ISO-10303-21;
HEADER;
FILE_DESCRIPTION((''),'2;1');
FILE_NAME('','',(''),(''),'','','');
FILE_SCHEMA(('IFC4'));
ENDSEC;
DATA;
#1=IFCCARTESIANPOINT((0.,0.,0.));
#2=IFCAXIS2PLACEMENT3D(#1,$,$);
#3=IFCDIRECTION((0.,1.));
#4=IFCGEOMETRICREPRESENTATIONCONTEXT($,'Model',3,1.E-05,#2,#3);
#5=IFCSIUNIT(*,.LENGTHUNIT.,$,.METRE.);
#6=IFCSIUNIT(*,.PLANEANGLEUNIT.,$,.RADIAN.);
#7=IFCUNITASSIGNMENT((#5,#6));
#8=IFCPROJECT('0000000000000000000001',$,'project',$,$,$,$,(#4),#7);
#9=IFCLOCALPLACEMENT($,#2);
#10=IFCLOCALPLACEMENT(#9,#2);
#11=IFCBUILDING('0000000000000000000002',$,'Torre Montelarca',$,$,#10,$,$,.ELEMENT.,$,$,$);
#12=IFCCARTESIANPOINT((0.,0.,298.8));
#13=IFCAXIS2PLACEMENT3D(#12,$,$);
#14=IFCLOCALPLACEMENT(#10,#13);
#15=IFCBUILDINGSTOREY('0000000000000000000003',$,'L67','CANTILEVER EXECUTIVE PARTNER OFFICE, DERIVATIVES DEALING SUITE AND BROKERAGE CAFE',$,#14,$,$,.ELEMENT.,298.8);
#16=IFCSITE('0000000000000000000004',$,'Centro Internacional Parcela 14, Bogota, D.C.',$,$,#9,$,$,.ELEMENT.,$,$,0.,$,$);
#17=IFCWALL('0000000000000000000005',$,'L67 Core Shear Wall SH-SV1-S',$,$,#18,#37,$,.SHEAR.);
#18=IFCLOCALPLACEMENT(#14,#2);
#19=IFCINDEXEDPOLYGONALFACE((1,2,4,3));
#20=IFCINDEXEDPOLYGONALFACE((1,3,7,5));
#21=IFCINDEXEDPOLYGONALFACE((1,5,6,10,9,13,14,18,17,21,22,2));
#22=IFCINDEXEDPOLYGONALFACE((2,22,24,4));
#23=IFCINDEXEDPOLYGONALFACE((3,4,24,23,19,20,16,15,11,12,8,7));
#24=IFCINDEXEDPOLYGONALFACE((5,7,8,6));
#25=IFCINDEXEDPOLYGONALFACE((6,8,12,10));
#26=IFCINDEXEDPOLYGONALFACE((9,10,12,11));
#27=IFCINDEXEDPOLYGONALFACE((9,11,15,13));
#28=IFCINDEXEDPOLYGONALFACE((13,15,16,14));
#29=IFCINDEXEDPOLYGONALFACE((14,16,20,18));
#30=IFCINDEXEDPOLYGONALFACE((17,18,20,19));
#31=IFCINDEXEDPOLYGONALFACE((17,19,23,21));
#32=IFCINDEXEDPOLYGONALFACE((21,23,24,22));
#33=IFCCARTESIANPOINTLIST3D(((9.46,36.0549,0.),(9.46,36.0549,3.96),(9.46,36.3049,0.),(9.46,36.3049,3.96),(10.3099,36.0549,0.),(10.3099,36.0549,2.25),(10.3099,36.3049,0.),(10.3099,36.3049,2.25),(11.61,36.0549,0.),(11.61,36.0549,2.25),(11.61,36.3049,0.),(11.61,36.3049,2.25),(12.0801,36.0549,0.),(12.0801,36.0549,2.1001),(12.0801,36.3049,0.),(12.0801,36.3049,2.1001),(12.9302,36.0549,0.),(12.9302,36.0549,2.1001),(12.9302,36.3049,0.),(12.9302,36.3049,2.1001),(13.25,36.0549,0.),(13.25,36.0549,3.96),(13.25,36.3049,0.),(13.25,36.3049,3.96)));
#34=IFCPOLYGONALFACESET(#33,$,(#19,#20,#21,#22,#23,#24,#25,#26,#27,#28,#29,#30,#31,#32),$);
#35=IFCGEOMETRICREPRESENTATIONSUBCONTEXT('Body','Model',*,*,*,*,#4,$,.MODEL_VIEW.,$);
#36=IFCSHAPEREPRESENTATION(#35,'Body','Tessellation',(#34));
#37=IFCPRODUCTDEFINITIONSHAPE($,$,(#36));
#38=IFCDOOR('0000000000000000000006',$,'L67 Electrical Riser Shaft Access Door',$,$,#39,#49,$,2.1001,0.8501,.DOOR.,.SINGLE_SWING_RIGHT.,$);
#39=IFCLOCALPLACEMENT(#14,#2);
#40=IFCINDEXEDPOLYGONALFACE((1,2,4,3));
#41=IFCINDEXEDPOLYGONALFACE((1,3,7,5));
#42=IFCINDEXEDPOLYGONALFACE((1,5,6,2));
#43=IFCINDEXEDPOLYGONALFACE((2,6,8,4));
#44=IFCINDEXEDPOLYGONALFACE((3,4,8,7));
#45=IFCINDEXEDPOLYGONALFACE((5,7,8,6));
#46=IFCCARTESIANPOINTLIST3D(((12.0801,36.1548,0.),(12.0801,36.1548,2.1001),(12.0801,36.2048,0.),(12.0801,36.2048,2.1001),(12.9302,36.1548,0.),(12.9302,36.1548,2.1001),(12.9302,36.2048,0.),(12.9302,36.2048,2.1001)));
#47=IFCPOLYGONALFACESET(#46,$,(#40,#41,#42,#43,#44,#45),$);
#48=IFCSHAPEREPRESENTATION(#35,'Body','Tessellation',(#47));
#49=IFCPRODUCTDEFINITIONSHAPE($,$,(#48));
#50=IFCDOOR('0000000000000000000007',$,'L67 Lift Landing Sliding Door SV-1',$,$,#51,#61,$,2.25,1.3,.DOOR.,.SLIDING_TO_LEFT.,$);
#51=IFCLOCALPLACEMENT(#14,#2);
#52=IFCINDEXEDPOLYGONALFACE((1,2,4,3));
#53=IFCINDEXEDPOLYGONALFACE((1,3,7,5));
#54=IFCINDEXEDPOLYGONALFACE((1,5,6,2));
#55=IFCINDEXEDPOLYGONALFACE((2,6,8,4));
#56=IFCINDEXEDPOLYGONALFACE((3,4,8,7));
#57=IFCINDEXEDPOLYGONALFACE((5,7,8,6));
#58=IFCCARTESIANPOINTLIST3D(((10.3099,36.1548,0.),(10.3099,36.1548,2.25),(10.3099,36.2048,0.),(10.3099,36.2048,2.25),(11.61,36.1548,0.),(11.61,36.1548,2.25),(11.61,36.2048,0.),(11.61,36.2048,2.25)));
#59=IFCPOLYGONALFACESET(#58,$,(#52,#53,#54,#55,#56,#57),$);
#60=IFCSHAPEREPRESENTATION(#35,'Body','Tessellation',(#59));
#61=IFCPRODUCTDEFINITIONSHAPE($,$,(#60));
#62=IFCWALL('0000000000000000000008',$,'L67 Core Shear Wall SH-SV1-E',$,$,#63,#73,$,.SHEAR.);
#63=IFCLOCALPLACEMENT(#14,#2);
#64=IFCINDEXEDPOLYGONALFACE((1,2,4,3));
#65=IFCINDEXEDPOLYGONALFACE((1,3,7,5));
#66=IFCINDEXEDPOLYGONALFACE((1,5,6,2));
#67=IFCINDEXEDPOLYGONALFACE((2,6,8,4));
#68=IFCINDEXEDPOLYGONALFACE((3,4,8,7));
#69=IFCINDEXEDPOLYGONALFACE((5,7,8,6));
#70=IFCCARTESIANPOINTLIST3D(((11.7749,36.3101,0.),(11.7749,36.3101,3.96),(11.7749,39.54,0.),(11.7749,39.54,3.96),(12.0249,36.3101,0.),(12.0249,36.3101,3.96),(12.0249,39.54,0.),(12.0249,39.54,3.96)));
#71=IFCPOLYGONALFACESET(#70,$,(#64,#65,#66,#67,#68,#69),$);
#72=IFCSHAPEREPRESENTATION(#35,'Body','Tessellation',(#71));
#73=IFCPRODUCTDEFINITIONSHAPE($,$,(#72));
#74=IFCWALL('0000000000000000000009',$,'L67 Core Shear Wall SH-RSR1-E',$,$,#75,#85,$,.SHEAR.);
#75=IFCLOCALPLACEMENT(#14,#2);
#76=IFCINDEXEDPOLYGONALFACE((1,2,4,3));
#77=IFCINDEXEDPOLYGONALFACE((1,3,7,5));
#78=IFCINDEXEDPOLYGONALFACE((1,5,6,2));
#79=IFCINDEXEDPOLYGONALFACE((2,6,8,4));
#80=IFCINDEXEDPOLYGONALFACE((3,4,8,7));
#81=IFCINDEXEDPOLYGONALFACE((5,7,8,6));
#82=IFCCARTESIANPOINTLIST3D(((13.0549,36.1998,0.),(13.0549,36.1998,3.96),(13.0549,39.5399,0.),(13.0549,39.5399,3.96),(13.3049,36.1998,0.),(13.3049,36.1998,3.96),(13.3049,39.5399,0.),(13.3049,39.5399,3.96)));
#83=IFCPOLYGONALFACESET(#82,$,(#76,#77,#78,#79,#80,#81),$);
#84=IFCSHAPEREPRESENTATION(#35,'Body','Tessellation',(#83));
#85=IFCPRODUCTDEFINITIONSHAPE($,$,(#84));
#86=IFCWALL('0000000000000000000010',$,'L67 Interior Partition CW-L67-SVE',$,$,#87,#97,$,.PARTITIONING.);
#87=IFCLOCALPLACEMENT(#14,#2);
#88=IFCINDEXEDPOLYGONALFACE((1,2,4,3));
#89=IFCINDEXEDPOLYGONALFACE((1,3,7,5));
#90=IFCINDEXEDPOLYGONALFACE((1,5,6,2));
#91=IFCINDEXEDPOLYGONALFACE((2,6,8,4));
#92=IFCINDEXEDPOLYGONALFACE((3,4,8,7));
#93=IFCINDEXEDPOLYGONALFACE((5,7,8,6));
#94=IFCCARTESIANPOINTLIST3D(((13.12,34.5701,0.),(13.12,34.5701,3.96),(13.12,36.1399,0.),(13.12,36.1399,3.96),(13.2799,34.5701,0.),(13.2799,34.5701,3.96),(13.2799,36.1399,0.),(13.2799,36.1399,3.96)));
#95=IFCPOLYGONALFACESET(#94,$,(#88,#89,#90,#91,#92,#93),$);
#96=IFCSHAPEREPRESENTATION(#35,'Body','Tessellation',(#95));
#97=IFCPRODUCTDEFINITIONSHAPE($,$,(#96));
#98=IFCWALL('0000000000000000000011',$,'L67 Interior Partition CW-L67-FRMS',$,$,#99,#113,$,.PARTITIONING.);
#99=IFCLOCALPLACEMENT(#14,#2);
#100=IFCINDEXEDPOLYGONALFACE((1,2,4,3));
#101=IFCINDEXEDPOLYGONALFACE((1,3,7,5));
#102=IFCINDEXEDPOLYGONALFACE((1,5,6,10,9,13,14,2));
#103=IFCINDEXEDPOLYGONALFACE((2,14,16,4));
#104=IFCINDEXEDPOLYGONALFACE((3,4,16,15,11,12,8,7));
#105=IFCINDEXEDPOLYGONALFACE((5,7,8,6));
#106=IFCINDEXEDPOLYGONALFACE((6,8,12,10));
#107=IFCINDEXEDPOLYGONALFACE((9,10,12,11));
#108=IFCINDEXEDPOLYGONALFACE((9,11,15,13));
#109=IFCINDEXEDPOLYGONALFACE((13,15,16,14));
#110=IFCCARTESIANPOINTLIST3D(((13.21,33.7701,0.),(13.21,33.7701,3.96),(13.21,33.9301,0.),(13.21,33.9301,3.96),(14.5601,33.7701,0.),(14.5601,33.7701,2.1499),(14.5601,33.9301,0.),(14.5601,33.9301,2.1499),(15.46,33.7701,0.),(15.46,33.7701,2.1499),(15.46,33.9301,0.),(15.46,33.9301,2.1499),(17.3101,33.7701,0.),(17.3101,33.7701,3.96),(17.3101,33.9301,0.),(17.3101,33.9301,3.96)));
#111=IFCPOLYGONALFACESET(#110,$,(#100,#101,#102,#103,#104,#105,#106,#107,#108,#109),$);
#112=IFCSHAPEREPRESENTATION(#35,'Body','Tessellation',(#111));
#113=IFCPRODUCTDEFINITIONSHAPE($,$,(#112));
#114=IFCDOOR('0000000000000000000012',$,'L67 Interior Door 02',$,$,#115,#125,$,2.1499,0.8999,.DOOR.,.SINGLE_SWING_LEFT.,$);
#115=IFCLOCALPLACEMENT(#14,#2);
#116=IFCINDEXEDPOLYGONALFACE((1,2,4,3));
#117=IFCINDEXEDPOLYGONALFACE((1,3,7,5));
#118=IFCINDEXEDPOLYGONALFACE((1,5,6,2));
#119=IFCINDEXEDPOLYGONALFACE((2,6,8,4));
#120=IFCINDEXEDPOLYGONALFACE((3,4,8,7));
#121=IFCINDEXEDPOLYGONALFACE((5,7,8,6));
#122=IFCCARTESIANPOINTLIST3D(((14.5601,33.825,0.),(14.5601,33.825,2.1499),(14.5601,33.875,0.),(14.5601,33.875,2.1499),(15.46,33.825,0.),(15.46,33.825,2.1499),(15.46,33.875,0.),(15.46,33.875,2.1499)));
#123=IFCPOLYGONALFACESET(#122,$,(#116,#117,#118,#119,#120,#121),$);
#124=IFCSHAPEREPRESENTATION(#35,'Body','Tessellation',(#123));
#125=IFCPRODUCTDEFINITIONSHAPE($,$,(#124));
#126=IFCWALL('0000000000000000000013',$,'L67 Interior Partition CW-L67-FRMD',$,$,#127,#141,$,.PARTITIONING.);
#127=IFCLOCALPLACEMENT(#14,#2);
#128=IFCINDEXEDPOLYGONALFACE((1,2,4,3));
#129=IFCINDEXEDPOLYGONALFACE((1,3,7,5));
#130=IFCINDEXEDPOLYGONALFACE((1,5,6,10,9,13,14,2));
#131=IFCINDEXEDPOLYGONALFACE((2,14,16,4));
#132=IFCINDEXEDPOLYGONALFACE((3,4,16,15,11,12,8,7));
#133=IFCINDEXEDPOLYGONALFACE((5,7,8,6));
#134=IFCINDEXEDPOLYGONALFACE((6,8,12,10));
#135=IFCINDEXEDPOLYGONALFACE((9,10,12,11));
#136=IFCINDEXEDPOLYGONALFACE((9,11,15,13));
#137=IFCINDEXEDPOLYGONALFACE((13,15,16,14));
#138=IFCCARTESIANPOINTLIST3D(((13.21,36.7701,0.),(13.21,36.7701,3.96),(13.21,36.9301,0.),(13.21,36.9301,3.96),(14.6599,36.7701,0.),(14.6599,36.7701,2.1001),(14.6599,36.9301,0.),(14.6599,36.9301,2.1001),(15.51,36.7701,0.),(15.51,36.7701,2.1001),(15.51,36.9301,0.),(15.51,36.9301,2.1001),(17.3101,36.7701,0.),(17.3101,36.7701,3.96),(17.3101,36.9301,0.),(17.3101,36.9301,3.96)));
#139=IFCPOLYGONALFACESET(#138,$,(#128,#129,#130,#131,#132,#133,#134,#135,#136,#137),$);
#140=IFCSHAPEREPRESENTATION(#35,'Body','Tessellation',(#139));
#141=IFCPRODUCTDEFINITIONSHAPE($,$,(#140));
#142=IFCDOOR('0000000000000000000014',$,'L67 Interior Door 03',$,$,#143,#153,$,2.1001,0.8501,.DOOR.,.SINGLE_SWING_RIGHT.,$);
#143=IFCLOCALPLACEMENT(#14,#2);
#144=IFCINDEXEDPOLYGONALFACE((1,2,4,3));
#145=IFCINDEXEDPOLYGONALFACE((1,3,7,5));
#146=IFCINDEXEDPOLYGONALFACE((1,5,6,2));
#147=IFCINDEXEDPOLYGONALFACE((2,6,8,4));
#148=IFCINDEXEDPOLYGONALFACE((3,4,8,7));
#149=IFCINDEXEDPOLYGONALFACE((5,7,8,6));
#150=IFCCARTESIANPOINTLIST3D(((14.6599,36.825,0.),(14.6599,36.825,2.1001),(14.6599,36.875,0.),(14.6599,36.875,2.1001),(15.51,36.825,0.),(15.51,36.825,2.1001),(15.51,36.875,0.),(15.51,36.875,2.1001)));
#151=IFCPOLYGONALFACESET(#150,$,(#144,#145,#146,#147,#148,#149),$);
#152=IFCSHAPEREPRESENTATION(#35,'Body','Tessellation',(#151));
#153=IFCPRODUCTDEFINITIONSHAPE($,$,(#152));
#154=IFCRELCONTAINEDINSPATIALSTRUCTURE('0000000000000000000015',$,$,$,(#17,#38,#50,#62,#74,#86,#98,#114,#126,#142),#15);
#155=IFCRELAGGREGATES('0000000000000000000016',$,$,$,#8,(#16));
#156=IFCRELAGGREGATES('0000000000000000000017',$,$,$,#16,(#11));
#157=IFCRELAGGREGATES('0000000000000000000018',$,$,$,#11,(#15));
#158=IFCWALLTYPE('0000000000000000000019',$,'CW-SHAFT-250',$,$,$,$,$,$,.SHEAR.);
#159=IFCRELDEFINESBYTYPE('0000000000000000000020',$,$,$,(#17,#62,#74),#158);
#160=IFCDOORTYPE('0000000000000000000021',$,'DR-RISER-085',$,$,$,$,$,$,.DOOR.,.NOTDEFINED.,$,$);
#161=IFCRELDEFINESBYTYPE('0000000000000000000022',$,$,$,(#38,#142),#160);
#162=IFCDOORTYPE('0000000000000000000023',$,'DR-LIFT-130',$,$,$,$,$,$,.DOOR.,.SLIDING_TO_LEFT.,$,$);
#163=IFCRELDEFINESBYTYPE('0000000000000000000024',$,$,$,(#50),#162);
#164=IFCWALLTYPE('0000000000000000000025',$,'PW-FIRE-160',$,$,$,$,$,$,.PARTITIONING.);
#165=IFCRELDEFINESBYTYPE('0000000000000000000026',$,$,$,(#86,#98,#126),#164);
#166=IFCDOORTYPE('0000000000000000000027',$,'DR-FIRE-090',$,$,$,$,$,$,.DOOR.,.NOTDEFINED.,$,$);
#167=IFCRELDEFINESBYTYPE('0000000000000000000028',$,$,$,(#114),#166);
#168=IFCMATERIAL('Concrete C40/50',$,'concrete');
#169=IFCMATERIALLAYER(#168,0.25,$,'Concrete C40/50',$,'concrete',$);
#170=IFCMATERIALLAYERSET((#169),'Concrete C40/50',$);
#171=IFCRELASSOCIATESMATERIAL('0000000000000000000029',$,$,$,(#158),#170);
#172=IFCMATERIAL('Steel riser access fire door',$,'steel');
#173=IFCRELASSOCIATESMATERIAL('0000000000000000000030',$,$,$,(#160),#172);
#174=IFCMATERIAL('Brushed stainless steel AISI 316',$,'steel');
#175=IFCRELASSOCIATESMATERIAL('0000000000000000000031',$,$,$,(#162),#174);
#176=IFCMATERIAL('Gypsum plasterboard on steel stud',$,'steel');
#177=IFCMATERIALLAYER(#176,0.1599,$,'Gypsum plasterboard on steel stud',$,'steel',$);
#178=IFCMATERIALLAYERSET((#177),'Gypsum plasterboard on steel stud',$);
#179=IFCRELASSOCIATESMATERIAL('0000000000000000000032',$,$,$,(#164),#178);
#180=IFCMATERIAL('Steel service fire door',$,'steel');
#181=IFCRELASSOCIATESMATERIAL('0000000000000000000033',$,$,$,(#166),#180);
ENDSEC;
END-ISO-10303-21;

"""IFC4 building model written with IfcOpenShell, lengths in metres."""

from ifc_helpers import new_model, si_unit, direction, frame, frame_2d, origin, place, context, subcontext, project, spatial, rectangle, extrude, source, transform, mapped, material, layer, layer_set, type_object, element, fill, save


model = new_model("IFC4")

# Units and contexts
model_context = context("Model", 3, precision=1e-05, world=origin(), true_north=direction((0.0, 1.0)))
body_context = subcontext(model_context, "Body", "Model", "MODEL_VIEW")
ifc_project = project(units=[si_unit("LENGTHUNIT", "METRE"), si_unit("PLANEANGLEUNIT", "RADIAN")], contexts=[model_context])

# Site, building, storey
site_placement = place(None, origin())
site = spatial("IfcSite", under=ifc_project, at=site_placement, Name="Centro Internacional Parcela 14, Bogota, D.C.", CompositionType="ELEMENT", RefElevation=0.0)
building_placement = place(site_placement, origin())
building = spatial("IfcBuilding", under=site, at=building_placement, Name="Torre Montelarca", CompositionType="ELEMENT")
storey_placement = place(building_placement, frame((0.0, 0.0, 298.8)))
storey = spatial("IfcBuildingStorey", under=building, at=storey_placement, Name="L67", Description="CANTILEVER EXECUTIVE PARTNER OFFICE, DERIVATIVES DEALING SUITE AND BROKERAGE CAFE", CompositionType="ELEMENT", Elevation=298.8)

# Shared definitions
ifc_material_1 = material(Name="Concrete C40/50", Category="concrete")

# Shared definitions
ifc_layer_1 = layer(ifc_material_1, 0.25, Name="Concrete C40/50", Category="concrete")
ifc_layer_set_1 = layer_set([ifc_layer_1], Name="Concrete C40/50")
wall_type_1 = type_object("IfcWallType", Name="CW-SHAFT-250", PredefinedType="SHEAR", material=ifc_layer_set_1)

# Wall, openings, doors
wall_1_placement = place(storey_placement, frame((9.46, 36.1799, 0.0), z_axis=(0.0, 0.0, 1.0), x_axis=(1.0, 0.0, 0.0)))
wall_1 = element("IfcWall", 1, at=wall_1_placement, inside=storey, type_object=wall_type_1, Name="L67 Core Shear Wall SH-SV1-S", PredefinedType="SHEAR", context=body_context, shape_type="SweptSolid", body=[
    extrude(rectangle(XDim=3.79, YDim=0.25, at=frame_2d((1.895, 0.0))), origin(), (0.0, 0.0, 1.0), 3.96),
])
opening_1_placement = place(wall_1_placement, frame((2.6201, 0.0, 0.0)))
opening_1 = element("IfcOpeningElement", 2, at=opening_1_placement, cuts=wall_1, PredefinedType="OPENING", context=body_context, shape_type="SweptSolid", body=[
    extrude(rectangle(XDim=0.8501, YDim=2.1001, at=frame_2d((0.425, 1.05))), frame((0.0, 0.135, 0.0), z_axis=(0.0, -1.0, 0.0), x_axis=(1.0, 0.0, 0.0)), (0.0, 0.0, 1.0), 0.27),
])
opening_2_placement = place(wall_1_placement, frame((0.8501, 0.0, 0.0)))
opening_2 = element("IfcOpeningElement", 3, at=opening_2_placement, cuts=wall_1, PredefinedType="OPENING", context=body_context, shape_type="SweptSolid", body=[
    extrude(rectangle(XDim=1.3, YDim=2.25, at=frame_2d((0.6499, 1.125))), frame((0.0, 0.135, 0.0), z_axis=(0.0, -1.0, 0.0), x_axis=(1.0, 0.0, 0.0)), (0.0, 0.0, 1.0), 0.27),
])
ifc_material_2 = material(Name="Steel riser access fire door", Category="steel")
door_type_1 = type_object("IfcDoorType", Name="DR-RISER-085", OperationType="NOTDEFINED", PredefinedType="DOOR", material=ifc_material_2)
shared_shape_1 = source(origin(), body_context, "Body", "SweptSolid", [
    extrude(rectangle(XDim=0.8501, YDim=2.1001, at=frame_2d((0.425, 1.05))), frame((0.0, 0.0249, 0.0), z_axis=(0.0, -1.0, 0.0), x_axis=(1.0, 0.0, 0.0)), (0.0, 0.0, 1.0), 0.05),
])
door_1_placement = place(opening_1_placement, origin())
door_1 = element("IfcDoor", 4, at=door_1_placement, inside=storey, type_object=door_type_1, Name="L67 Electrical Riser Shaft Access Door", OperationType="SINGLE_SWING_RIGHT", OverallHeight=2.1001, OverallWidth=0.8501, PredefinedType="DOOR", context=body_context, shape_type="MappedRepresentation", body=[
    mapped(shared_shape_1, transform((0.0, 0.0, 0.0), scale=1.0)),
])
fill(opening_1, door_1)
ifc_material_3 = material(Name="Brushed stainless steel AISI 316", Category="steel")
door_type_2 = type_object("IfcDoorType", Name="DR-LIFT-130", OperationType="SLIDING_TO_LEFT", PredefinedType="DOOR", material=ifc_material_3)
shared_shape_2 = source(origin(), body_context, "Body", "SweptSolid", [
    extrude(rectangle(XDim=1.3, YDim=2.25, at=frame_2d((0.6499, 1.125))), frame((0.0, 0.0249, 0.0), z_axis=(0.0, -1.0, 0.0), x_axis=(1.0, 0.0, 0.0)), (0.0, 0.0, 1.0), 0.05),
])
door_2_placement = place(opening_2_placement, origin())
door_2 = element("IfcDoor", 5, at=door_2_placement, inside=storey, type_object=door_type_2, Name="L67 Lift Landing Sliding Door SV-1", OperationType="SLIDING_TO_LEFT", OverallHeight=2.25, OverallWidth=1.3, PredefinedType="DOOR", context=body_context, shape_type="MappedRepresentation", body=[
    mapped(shared_shape_2, transform((0.0, 0.0, 0.0), scale=1.0)),
])
fill(opening_2, door_2)

# Walls
wall_2_placement = place(storey_placement, frame((11.8999, 36.3101, 0.0), z_axis=(0.0, 0.0, 1.0), x_axis=(0.0, 1.0, 0.0)))
element("IfcWall", 6, at=wall_2_placement, inside=storey, type_object=wall_type_1, Name="L67 Core Shear Wall SH-SV1-E", PredefinedType="SHEAR", context=body_context, shape_type="SweptSolid", body=[
    extrude(rectangle(XDim=3.23, YDim=0.25, at=frame_2d((1.615, 0.0))), origin(), (0.0, 0.0, 1.0), 3.96),
])
wall_3_placement = place(storey_placement, frame((13.1799, 36.2, 0.0), z_axis=(0.0, 0.0, 1.0), x_axis=(0.0, 1.0, 0.0)))
element("IfcWall", 7, at=wall_3_placement, inside=storey, type_object=wall_type_1, Name="L67 Core Shear Wall SH-RSR1-E", PredefinedType="SHEAR", context=body_context, shape_type="SweptSolid", body=[
    extrude(rectangle(XDim=3.3401, YDim=0.25, at=frame_2d((1.6699, 0.0))), origin(), (0.0, 0.0, 1.0), 3.96),
])

# Shared definitions
ifc_material_4 = material(Name="Gypsum plasterboard on steel stud", Category="steel")
ifc_layer_2 = layer(ifc_material_4, 0.1599, Name="Gypsum plasterboard on steel stud", Category="steel")
ifc_layer_set_2 = layer_set([ifc_layer_2], Name="Gypsum plasterboard on steel stud")
wall_type_2 = type_object("IfcWallType", Name="PW-FIRE-160", PredefinedType="PARTITIONING", material=ifc_layer_set_2)
ifc_material_5 = material(Name="Steel service fire door", Category="steel")
door_type_3 = type_object("IfcDoorType", Name="DR-FIRE-090", OperationType="NOTDEFINED", PredefinedType="DOOR", material=ifc_material_5)
shared_shape_3 = source(origin(), body_context, "Body", "SweptSolid", [
    extrude(rectangle(XDim=0.8999, YDim=2.1499, at=frame_2d((0.45, 1.075))), frame((0.0, 0.0249, 0.0), z_axis=(0.0, -1.0, 0.0), x_axis=(1.0, 0.0, 0.0)), (0.0, 0.0, 1.0), 0.05),
])

# Wall
wall_4_placement = place(storey_placement, frame((13.2, 34.5701, 0.0), z_axis=(0.0, 0.0, 1.0), x_axis=(0.0, 1.0, 0.0)))
element("IfcWall", 8, at=wall_4_placement, inside=storey, type_object=wall_type_2, Name="L67 Interior Partition CW-L67-SVE", PredefinedType="PARTITIONING", context=body_context, shape_type="SweptSolid", body=[
    extrude(rectangle(XDim=1.5698, YDim=0.1599, at=frame_2d((0.7849, 0.0))), origin(), (0.0, 0.0, 1.0), 3.96),
])

# Walls, openings, doors
wall_5_placement = place(storey_placement, frame((13.21, 33.8501, 0.0), z_axis=(0.0, 0.0, 1.0), x_axis=(1.0, 0.0, 0.0)))
wall_5 = element("IfcWall", 9, at=wall_5_placement, inside=storey, type_object=wall_type_2, Name="L67 Interior Partition CW-L67-FRMS", PredefinedType="PARTITIONING", context=body_context, shape_type="SweptSolid", body=[
    extrude(rectangle(XDim=4.1001, YDim=0.1599, at=frame_2d((2.05, 0.0))), origin(), (0.0, 0.0, 1.0), 3.96),
])
opening_3_placement = place(wall_5_placement, frame((1.3501, 0.0, 0.0)))
opening_3 = element("IfcOpeningElement", 10, at=opening_3_placement, cuts=wall_5, PredefinedType="OPENING", context=body_context, shape_type="SweptSolid", body=[
    extrude(rectangle(XDim=0.8999, YDim=2.1499, at=frame_2d((0.45, 1.075))), frame((0.0, 0.0898, 0.0), z_axis=(0.0, -1.0, 0.0), x_axis=(1.0, 0.0, 0.0)), (0.0, 0.0, 1.0), 0.1799),
])
door_3_placement = place(opening_3_placement, origin())
door_3 = element("IfcDoor", 11, at=door_3_placement, inside=storey, type_object=door_type_3, Name="L67 Interior Door 02", OperationType="SINGLE_SWING_LEFT", OverallHeight=2.1499, OverallWidth=0.8999, PredefinedType="DOOR", context=body_context, shape_type="MappedRepresentation", body=[
    mapped(shared_shape_3, transform((0.0, 0.0, 0.0), scale=1.0)),
])
fill(opening_3, door_3)
wall_6_placement = place(storey_placement, frame((13.21, 36.8501, 0.0), z_axis=(0.0, 0.0, 1.0), x_axis=(1.0, 0.0, 0.0)))
wall_6 = element("IfcWall", 12, at=wall_6_placement, inside=storey, type_object=wall_type_2, Name="L67 Interior Partition CW-L67-FRMD", PredefinedType="PARTITIONING", context=body_context, shape_type="SweptSolid", body=[
    extrude(rectangle(XDim=4.1001, YDim=0.1599, at=frame_2d((2.05, 0.0))), origin(), (0.0, 0.0, 1.0), 3.96),
])
opening_4_placement = place(wall_6_placement, frame((1.45, 0.0, 0.0)))
opening_4 = element("IfcOpeningElement", 13, at=opening_4_placement, cuts=wall_6, PredefinedType="OPENING", context=body_context, shape_type="SweptSolid", body=[
    extrude(rectangle(XDim=0.8501, YDim=2.1001, at=frame_2d((0.425, 1.05))), frame((0.0, 0.0898, 0.0), z_axis=(0.0, -1.0, 0.0), x_axis=(1.0, 0.0, 0.0)), (0.0, 0.0, 1.0), 0.1799),
])
door_4_placement = place(opening_4_placement, origin())
door_4 = element("IfcDoor", 14, at=door_4_placement, inside=storey, type_object=door_type_1, Name="L67 Interior Door 03", OperationType="SINGLE_SWING_RIGHT", OverallHeight=2.1001, OverallWidth=0.8501, PredefinedType="DOOR", context=body_context, shape_type="MappedRepresentation", body=[
    mapped(shared_shape_1, transform((0.0, 0.0, 0.0), scale=1.0)),
])
fill(opening_4, door_4)

save(model, "model.ifc")
